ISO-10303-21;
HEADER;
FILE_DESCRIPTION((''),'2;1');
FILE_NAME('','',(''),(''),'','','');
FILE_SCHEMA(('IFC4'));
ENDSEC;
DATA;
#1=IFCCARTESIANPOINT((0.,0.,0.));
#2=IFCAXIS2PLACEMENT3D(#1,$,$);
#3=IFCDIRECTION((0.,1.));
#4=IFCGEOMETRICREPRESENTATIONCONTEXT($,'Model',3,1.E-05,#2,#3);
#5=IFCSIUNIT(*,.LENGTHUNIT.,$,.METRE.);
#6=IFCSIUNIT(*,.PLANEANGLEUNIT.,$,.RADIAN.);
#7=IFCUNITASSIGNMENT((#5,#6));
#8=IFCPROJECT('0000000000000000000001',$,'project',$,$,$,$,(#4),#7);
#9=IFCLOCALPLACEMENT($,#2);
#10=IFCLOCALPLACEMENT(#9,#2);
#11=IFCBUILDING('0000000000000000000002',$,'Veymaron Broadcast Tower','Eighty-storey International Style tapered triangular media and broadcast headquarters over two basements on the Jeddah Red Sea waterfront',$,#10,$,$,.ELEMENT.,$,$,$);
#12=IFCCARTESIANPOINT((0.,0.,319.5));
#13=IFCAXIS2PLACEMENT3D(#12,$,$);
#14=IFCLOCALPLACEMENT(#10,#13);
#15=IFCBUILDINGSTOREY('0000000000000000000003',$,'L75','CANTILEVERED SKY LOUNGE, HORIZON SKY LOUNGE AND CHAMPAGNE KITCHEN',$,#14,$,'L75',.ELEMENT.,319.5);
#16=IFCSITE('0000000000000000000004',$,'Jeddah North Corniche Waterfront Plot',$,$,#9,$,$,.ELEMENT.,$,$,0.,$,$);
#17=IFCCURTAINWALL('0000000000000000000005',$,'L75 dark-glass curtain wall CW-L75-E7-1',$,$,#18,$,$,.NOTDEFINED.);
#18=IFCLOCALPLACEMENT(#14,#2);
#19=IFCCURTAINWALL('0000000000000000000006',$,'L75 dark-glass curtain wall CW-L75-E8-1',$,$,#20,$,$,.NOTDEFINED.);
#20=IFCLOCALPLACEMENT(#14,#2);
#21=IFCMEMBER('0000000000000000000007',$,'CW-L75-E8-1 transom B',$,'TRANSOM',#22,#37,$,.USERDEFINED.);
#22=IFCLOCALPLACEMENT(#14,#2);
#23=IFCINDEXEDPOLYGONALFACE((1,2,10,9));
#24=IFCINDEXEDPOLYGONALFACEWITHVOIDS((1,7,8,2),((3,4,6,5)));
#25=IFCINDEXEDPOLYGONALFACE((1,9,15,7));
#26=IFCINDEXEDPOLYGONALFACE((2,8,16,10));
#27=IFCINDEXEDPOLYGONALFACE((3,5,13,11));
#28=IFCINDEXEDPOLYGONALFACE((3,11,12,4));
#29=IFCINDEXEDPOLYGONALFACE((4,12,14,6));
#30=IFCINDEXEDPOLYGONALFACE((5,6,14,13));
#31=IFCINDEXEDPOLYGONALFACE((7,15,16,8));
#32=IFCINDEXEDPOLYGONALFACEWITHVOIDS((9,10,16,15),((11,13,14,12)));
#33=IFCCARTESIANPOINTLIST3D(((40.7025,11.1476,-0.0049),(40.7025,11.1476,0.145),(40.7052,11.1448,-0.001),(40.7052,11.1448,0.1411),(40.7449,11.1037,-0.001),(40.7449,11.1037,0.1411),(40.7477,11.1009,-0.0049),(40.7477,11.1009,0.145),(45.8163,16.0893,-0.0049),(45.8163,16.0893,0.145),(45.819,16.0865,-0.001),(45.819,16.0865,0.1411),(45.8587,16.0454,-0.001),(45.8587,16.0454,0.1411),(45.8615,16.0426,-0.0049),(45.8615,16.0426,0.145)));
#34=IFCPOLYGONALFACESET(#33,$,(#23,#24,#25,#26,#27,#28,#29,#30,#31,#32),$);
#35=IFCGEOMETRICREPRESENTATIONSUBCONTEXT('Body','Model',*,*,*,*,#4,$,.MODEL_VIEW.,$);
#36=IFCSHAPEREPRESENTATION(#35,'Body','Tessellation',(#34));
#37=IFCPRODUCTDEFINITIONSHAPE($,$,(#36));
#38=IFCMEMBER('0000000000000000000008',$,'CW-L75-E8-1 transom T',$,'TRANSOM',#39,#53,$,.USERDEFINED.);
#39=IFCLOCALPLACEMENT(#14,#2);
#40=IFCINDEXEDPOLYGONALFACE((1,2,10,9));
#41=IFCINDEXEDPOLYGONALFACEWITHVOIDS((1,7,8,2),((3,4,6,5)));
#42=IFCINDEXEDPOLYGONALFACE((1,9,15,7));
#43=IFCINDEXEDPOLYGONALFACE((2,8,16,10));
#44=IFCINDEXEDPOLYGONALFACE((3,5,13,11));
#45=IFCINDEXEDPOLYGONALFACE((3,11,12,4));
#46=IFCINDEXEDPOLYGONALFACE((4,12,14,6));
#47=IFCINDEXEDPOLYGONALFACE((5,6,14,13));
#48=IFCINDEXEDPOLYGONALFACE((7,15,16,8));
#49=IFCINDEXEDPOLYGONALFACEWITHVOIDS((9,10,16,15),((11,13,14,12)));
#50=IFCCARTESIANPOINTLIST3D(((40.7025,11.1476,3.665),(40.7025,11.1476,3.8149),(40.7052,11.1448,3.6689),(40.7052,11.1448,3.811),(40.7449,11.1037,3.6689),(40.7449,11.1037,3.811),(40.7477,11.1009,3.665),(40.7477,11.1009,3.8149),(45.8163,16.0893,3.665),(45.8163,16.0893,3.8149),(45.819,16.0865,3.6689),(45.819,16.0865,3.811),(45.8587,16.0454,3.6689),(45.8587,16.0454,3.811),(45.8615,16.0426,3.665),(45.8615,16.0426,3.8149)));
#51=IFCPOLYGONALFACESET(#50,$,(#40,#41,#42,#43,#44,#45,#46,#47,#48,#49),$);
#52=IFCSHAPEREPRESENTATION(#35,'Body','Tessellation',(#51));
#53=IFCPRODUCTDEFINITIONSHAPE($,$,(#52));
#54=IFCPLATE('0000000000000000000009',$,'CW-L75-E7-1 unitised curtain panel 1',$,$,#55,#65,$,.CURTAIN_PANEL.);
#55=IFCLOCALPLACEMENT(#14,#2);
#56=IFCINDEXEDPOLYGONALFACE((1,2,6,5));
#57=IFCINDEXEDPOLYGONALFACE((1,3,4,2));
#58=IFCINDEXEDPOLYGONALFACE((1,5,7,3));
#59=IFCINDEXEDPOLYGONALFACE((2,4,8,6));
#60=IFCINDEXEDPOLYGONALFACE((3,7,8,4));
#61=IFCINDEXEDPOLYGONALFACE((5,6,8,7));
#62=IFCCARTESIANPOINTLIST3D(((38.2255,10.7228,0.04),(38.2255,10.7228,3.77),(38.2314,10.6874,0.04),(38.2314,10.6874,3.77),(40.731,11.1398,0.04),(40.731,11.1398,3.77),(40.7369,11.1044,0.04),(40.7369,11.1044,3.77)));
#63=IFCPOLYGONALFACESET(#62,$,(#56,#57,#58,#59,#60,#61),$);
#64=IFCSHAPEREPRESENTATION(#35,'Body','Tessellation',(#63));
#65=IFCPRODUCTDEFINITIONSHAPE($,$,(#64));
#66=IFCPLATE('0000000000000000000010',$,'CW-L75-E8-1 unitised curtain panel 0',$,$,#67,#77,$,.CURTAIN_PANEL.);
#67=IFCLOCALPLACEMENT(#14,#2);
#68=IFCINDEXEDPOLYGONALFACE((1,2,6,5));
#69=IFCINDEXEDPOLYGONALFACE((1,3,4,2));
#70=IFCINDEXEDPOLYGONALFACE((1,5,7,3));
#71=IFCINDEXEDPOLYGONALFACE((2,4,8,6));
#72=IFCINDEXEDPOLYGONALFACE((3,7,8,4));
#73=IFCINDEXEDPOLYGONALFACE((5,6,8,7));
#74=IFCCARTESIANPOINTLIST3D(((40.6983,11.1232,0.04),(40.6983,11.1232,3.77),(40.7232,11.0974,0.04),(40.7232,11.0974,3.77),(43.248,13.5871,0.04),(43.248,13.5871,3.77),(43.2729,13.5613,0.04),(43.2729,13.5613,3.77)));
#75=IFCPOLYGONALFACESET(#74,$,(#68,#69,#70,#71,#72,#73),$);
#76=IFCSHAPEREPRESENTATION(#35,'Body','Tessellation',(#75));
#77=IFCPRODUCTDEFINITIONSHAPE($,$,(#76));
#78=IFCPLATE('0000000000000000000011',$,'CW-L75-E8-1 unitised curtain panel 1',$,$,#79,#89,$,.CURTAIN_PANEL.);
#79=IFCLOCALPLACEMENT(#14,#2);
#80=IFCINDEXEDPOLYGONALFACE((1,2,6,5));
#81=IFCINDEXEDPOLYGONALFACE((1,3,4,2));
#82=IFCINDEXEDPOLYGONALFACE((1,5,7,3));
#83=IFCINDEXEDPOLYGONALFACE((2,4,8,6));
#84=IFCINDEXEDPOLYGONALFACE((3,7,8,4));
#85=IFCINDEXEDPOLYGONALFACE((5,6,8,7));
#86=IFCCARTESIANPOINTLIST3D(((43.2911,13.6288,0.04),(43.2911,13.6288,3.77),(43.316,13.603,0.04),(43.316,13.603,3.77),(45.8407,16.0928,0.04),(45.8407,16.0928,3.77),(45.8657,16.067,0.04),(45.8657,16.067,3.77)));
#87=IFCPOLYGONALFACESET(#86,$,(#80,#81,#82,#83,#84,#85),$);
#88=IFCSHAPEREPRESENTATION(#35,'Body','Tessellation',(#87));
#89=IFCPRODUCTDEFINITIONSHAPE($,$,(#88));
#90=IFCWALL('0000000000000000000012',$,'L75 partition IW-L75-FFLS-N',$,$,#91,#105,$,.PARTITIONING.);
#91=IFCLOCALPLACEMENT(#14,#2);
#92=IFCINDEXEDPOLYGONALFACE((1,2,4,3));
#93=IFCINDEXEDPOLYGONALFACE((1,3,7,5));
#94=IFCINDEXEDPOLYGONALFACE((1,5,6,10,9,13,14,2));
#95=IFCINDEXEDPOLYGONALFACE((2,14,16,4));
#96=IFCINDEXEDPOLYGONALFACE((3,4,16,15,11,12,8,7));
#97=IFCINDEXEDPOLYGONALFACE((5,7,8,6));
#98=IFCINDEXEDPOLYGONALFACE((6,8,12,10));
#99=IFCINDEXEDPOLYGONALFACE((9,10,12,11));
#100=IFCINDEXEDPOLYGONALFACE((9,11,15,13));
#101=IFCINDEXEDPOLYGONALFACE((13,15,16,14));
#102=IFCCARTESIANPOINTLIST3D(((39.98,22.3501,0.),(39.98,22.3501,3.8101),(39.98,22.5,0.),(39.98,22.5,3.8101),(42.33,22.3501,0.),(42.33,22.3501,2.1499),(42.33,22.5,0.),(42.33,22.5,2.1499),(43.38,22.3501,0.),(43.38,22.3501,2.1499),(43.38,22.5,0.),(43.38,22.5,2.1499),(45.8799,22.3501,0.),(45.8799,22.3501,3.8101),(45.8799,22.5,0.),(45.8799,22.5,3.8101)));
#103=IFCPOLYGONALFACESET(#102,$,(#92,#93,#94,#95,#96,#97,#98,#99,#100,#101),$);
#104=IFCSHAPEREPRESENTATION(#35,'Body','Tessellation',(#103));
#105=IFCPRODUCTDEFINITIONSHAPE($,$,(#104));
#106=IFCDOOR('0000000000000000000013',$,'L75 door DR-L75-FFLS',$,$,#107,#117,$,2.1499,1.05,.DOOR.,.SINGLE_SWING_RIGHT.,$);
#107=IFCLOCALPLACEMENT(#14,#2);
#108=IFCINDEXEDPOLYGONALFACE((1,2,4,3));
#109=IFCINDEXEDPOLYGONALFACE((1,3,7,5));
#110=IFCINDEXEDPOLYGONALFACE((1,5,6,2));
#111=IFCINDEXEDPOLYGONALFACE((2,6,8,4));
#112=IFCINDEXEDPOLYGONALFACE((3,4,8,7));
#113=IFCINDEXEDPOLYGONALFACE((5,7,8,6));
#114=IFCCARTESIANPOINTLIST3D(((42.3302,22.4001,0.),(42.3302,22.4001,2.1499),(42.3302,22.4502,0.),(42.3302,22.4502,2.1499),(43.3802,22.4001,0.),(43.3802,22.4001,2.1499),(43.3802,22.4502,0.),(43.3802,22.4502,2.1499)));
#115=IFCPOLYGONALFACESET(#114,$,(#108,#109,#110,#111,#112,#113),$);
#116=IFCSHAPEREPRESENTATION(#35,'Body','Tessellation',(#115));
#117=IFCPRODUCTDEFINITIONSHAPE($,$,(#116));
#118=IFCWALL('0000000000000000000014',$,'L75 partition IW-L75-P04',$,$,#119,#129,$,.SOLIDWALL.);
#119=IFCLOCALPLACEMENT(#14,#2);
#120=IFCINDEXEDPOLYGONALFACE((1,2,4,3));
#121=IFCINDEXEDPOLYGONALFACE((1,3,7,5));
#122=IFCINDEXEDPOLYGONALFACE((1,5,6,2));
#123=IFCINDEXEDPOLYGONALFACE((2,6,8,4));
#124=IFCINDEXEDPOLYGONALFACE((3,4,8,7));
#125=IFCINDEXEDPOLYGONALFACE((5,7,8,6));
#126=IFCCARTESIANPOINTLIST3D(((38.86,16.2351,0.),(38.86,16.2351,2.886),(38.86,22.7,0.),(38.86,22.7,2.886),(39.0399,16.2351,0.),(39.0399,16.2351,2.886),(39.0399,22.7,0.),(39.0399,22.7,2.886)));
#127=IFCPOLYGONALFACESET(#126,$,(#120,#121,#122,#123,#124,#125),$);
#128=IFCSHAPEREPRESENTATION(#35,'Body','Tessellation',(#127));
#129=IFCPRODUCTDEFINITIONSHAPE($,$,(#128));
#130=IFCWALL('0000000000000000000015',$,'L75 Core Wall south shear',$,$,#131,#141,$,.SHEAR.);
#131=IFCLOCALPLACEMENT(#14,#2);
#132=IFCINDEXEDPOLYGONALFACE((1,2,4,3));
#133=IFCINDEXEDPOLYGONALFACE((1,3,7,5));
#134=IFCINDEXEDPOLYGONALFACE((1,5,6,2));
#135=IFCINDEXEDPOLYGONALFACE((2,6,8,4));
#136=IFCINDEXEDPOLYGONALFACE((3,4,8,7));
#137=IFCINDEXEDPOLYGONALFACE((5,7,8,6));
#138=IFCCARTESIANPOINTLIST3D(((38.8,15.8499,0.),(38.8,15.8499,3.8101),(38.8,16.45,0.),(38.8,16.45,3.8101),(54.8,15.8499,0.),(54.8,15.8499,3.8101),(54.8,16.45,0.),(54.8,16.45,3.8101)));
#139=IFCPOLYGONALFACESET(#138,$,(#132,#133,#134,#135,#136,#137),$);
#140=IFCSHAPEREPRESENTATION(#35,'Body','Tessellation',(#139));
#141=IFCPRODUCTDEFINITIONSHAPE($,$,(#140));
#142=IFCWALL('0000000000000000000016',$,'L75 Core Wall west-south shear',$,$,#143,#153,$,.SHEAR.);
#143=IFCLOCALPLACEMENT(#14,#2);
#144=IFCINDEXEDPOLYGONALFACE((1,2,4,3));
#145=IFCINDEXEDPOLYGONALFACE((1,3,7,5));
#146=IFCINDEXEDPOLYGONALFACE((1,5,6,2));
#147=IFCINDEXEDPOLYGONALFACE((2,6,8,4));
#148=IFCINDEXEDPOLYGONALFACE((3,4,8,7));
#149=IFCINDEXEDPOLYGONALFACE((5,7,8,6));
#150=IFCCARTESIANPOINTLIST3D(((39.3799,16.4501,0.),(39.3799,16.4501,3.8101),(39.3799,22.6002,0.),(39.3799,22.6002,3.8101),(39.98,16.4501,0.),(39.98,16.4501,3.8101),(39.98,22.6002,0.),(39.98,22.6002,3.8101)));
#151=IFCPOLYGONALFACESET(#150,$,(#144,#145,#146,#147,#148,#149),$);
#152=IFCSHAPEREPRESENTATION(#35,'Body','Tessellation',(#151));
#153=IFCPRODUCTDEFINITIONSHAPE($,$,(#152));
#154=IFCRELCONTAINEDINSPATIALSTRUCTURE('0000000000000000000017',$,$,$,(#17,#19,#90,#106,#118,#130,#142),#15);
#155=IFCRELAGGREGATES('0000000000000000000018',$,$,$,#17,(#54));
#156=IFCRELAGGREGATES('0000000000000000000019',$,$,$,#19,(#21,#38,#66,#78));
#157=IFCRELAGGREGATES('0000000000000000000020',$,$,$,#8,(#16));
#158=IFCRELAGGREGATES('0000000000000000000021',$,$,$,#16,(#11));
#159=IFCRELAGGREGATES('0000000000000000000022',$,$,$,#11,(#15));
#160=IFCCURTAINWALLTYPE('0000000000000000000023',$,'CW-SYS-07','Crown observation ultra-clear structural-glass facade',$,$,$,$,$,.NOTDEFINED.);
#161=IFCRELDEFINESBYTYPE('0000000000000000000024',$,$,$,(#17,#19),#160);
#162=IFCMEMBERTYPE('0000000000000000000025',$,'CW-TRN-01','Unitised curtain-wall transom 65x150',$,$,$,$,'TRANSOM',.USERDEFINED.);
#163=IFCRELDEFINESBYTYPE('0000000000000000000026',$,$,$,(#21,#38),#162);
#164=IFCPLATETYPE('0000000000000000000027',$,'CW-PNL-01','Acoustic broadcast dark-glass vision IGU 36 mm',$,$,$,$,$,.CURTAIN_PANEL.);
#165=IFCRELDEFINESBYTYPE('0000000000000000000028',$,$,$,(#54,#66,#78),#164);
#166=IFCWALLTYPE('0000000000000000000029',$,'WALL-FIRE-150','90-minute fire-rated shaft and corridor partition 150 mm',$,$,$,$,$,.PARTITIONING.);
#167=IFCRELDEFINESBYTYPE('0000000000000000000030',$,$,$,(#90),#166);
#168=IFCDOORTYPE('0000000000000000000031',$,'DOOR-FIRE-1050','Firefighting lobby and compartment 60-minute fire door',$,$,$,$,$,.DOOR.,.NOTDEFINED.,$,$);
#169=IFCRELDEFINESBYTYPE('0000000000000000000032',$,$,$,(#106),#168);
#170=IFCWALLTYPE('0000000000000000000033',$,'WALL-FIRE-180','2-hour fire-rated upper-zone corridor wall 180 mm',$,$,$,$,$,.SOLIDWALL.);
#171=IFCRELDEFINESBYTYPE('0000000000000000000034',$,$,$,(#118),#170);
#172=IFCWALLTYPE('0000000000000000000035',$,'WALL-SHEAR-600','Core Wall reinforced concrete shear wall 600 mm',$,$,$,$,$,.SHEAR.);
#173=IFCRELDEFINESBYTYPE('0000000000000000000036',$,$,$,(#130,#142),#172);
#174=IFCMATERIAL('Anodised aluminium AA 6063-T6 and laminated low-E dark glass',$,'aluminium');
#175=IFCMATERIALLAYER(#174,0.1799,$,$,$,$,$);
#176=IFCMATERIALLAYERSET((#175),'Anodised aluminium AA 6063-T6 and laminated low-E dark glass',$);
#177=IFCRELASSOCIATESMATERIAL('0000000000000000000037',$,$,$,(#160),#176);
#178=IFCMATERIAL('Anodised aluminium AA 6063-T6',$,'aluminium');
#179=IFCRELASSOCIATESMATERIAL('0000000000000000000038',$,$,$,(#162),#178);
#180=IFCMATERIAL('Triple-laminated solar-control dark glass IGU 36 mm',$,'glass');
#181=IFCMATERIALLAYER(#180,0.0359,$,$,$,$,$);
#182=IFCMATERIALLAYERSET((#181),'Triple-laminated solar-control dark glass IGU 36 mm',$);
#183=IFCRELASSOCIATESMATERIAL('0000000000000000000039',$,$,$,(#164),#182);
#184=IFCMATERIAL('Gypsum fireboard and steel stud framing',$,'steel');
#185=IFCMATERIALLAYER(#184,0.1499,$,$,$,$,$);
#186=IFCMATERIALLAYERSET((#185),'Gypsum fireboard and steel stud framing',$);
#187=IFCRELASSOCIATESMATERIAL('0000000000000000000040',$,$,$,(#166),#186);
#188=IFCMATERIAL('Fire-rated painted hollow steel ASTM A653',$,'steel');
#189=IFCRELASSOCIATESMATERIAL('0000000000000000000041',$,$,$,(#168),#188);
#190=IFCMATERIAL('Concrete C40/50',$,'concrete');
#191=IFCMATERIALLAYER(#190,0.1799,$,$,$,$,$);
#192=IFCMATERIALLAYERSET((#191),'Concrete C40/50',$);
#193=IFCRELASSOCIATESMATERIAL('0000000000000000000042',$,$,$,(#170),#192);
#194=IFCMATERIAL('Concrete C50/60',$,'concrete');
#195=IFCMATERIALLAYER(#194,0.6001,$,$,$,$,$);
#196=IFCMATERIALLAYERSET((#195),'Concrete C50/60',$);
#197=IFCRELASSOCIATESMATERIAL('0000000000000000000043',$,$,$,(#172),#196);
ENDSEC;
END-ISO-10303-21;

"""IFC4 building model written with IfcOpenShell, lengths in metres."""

from ifc_helpers import new_model, si_unit, direction, frame, frame_2d, origin, origin_2d, place, context, subcontext, project, spatial, rectangle, hollow_rectangle, extrude, material, layer, layer_set, material_profile, profile_set, type_object, element, fill, aggregate, save


model = new_model("IFC4")

# Units and contexts
model_context = context("Model", 3, precision=1e-05, world=origin(), true_north=direction((0.0, 1.0)))
body_context = subcontext(model_context, "Body", "Model", "MODEL_VIEW")
ifc_project = project(units=[si_unit("LENGTHUNIT", "METRE"), si_unit("PLANEANGLEUNIT", "RADIAN")], contexts=[model_context])

# Site, building, storey
site_placement = place(None, origin())
site = spatial("IfcSite", under=ifc_project, at=site_placement, Name="Jeddah North Corniche Waterfront Plot", CompositionType="ELEMENT", RefElevation=0.0)
building_placement = place(site_placement, origin())
building = spatial("IfcBuilding", under=site, at=building_placement, Name="Veymaron Broadcast Tower", Description="Eighty-storey International Style tapered triangular media and broadcast headquarters over two basements on the Jeddah Red Sea waterfront", CompositionType="ELEMENT")
storey_placement = place(building_placement, frame((0.0, 0.0, 319.5)))
storey = spatial("IfcBuildingStorey", under=building, at=storey_placement, Name="L75", Description="CANTILEVERED SKY LOUNGE, HORIZON SKY LOUNGE AND CHAMPAGNE KITCHEN", LongName="L75", CompositionType="ELEMENT", Elevation=319.5)

# Curtain walls, members
ifc_material_1 = material(Name="Anodised aluminium AA 6063-T6 and laminated low-E dark glass", Category="aluminium")
ifc_layer_1 = layer(ifc_material_1, 0.1799)
ifc_layer_set_1 = layer_set([ifc_layer_1], Name="Anodised aluminium AA 6063-T6 and laminated low-E dark glass")
curtain_wall_type = type_object("IfcCurtainWallType", Name="CW-SYS-07", Description="Crown observation ultra-clear structural-glass facade", PredefinedType="NOTDEFINED", material=ifc_layer_set_1)
curtain_wall_1_placement = place(storey_placement, origin())
curtain_wall_1 = element("IfcCurtainWall", 1, at=curtain_wall_1_placement, inside=storey, type_object=curtain_wall_type, Name="L75 dark-glass curtain wall CW-L75-E7-1", PredefinedType="NOTDEFINED")
ifc_material_2 = material(Name="Anodised aluminium AA 6063-T6", Category="aluminium")
curtain_wall_2_placement = place(storey_placement, origin())
curtain_wall_2 = element("IfcCurtainWall", 2, at=curtain_wall_2_placement, inside=storey, type_object=curtain_wall_type, Name="L75 dark-glass curtain wall CW-L75-E8-1", PredefinedType="NOTDEFINED")
ifc_material_profile_1 = material_profile(ifc_material_2, hollow_rectangle(XDim=0.0649, YDim=0.1499, WallThickness=0.0039, at=origin_2d()), Name="AL150X65X4")
ifc_profile_set_1 = profile_set([ifc_material_profile_1], Name="Anodised aluminium AA 6063-T6")
member_type_1 = type_object("IfcMemberType", Name="CW-TRN-01", Description="Unitised curtain-wall transom 65x150", ElementType="TRANSOM", PredefinedType="USERDEFINED", material=ifc_profile_set_1)
member_1_placement = place(storey_placement, frame((40.7251, 11.1243, 0.0701), z_axis=(0.719105, 0.694901, 0.0), x_axis=(-0.694901, 0.719105, 0.0)))
member_1 = element("IfcMember", 3, at=member_1_placement, type_object=member_type_1, Name="CW-L75-E8-1 transom B", ObjectType="TRANSOM", PredefinedType="USERDEFINED", context=body_context, shape_type="SweptSolid", body=[
    extrude(hollow_rectangle(XDim=0.0649, YDim=0.1499, WallThickness=0.0039, at=origin_2d()), origin(), (0.0, 0.0, 1.0), 7.1113),
])
member_2_placement = place(storey_placement, frame((40.7251, 11.1243, 3.74), z_axis=(0.719105, 0.694901, 0.0), x_axis=(-0.694901, 0.719105, 0.0)))
member_2 = element("IfcMember", 4, at=member_2_placement, type_object=member_type_1, Name="CW-L75-E8-1 transom T", ObjectType="TRANSOM", PredefinedType="USERDEFINED", context=body_context, shape_type="SweptSolid", body=[
    extrude(hollow_rectangle(XDim=0.0649, YDim=0.1499, WallThickness=0.0039, at=origin_2d()), origin(), (0.0, 0.0, 1.0), 7.1113),
])

# Plates
ifc_material_3 = material(Name="Triple-laminated solar-control dark glass IGU 36 mm", Category="glass")
ifc_layer_2 = layer(ifc_material_3, 0.0359)
ifc_layer_set_2 = layer_set([ifc_layer_2], Name="Triple-laminated solar-control dark glass IGU 36 mm")
plate_type = type_object("IfcPlateType", Name="CW-PNL-01", Description="Acoustic broadcast dark-glass vision IGU 36 mm", PredefinedType="CURTAIN_PANEL", material=ifc_layer_set_2)
plate_1_placement = place(storey_placement, frame((39.4812, 10.9136, 0.04), z_axis=(0.0, 0.0, 1.0), x_axis=(0.986435, 0.164152, 0.0)))
plate_1 = element("IfcPlate", 5, at=plate_1_placement, type_object=plate_type, Name="CW-L75-E7-1 unitised curtain panel 1", PredefinedType="CURTAIN_PANEL", context=body_context, shape_type="SweptSolid", body=[
    extrude(rectangle(XDim=2.54, YDim=0.0359, at=origin_2d()), origin(), (0.0, 0.0, 1.0), 3.73),
])
aggregate(curtain_wall_1, [plate_1])
plate_2_placement = place(storey_placement, frame((41.9856, 12.3423, 0.04), z_axis=(0.0, 0.0, 1.0), x_axis=(0.719097, 0.694909, 0.0)))
plate_2 = element("IfcPlate", 6, at=plate_2_placement, type_object=plate_type, Name="CW-L75-E8-1 unitised curtain panel 0", PredefinedType="CURTAIN_PANEL", context=body_context, shape_type="SweptSolid", body=[
    extrude(rectangle(XDim=3.5457, YDim=0.0359, at=origin_2d()), origin(), (0.0, 0.0, 1.0), 3.73),
])
plate_3_placement = place(storey_placement, frame((44.5784, 14.8479, 0.04), z_axis=(0.0, 0.0, 1.0), x_axis=(0.719097, 0.694909, 0.0)))
plate_3 = element("IfcPlate", 7, at=plate_3_placement, type_object=plate_type, Name="CW-L75-E8-1 unitised curtain panel 1", PredefinedType="CURTAIN_PANEL", context=body_context, shape_type="SweptSolid", body=[
    extrude(rectangle(XDim=3.5457, YDim=0.0359, at=origin_2d()), origin(), (0.0, 0.0, 1.0), 3.73),
])
aggregate(curtain_wall_2, [member_1, member_2, plate_2, plate_3])

# Wall, opening, door
ifc_material_4 = material(Name="Gypsum fireboard and steel stud framing", Category="steel")
ifc_layer_3 = layer(ifc_material_4, 0.1499)
ifc_layer_set_3 = layer_set([ifc_layer_3], Name="Gypsum fireboard and steel stud framing")
wall_type_1 = type_object("IfcWallType", Name="WALL-FIRE-150", Description="90-minute fire-rated shaft and corridor partition 150 mm", PredefinedType="PARTITIONING", material=ifc_layer_set_3)
wall_1_placement = place(storey_placement, frame((39.98, 22.425, 0.0), z_axis=(0.0, 0.0, 1.0), x_axis=(1.0, 0.0, 0.0)))
wall_1 = element("IfcWall", 8, at=wall_1_placement, inside=storey, type_object=wall_type_1, Name="L75 partition IW-L75-FFLS-N", PredefinedType="PARTITIONING", context=body_context, shape_type="SweptSolid", body=[
    extrude(rectangle(XDim=5.8999, YDim=0.1499, at=frame_2d((2.95, 0.0))), origin(), (0.0, 0.0, 1.0), 3.8101),
])
opening_1_placement = place(wall_1_placement, frame((2.3501, 0.0, 0.0)))
opening_1 = element("IfcOpeningElement", 9, at=opening_1_placement, cuts=wall_1, PredefinedType="OPENING", context=body_context, shape_type="SweptSolid", body=[
    extrude(rectangle(XDim=1.05, YDim=2.1499, at=frame_2d((0.5249, 1.075))), frame((0.0, 0.085, 0.0), z_axis=(0.0, -1.0, 0.0), x_axis=(1.0, 0.0, 0.0)), (0.0, 0.0, 1.0), 0.1699),
])
ifc_material_5 = material(Name="Fire-rated painted hollow steel ASTM A653", Category="steel")
door_type_1 = type_object("IfcDoorType", Name="DOOR-FIRE-1050", Description="Firefighting lobby and compartment 60-minute fire door", OperationType="NOTDEFINED", PredefinedType="DOOR", material=ifc_material_5)
door_1_placement = place(opening_1_placement, frame((1.05, 0.0, 0.0), z_axis=(0.0, 0.0, 1.0), x_axis=(-1.0, 0.0, 0.0)))
door_1 = element("IfcDoor", 10, at=door_1_placement, inside=storey, type_object=door_type_1, Name="L75 door DR-L75-FFLS", OperationType="SINGLE_SWING_RIGHT", OverallHeight=2.1499, OverallWidth=1.05, PredefinedType="DOOR", context=body_context, shape_type="SweptSolid", body=[
    extrude(rectangle(XDim=1.05, YDim=2.1499, at=frame_2d((0.5249, 1.075))), frame((0.0, 0.0249, 0.0), z_axis=(0.0, -1.0, 0.0), x_axis=(1.0, 0.0, 0.0)), (0.0, 0.0, 1.0), 0.05),
])
fill(opening_1, door_1)

# Wall
ifc_material_6 = material(Name="Concrete C40/50", Category="concrete")
ifc_layer_4 = layer(ifc_material_6, 0.1799)
ifc_layer_set_4 = layer_set([ifc_layer_4], Name="Concrete C40/50")
wall_type_2 = type_object("IfcWallType", Name="WALL-FIRE-180", Description="2-hour fire-rated upper-zone corridor wall 180 mm", PredefinedType="SOLIDWALL", material=ifc_layer_set_4)
wall_2_placement = place(storey_placement, frame((38.95, 16.2351, 0.0), z_axis=(0.0, 0.0, 1.0), x_axis=(0.0, 1.0, 0.0)))
element("IfcWall", 11, at=wall_2_placement, inside=storey, type_object=wall_type_2, Name="L75 partition IW-L75-P04", PredefinedType="SOLIDWALL", context=body_context, shape_type="SweptSolid", body=[
    extrude(rectangle(XDim=6.4648, YDim=0.1799, at=frame_2d((3.2324, 0.0))), origin(), (0.0, 0.0, 1.0), 2.886),
])

# Shared definitions
ifc_material_7 = material(Name="Concrete C50/60", Category="concrete")

# Walls
ifc_layer_5 = layer(ifc_material_7, 0.6001)
ifc_layer_set_5 = layer_set([ifc_layer_5], Name="Concrete C50/60")
wall_type_3 = type_object("IfcWallType", Name="WALL-SHEAR-600", Description="Core Wall reinforced concrete shear wall 600 mm", PredefinedType="SHEAR", material=ifc_layer_set_5)
wall_3_placement = place(storey_placement, frame((38.8, 16.1499, 0.0), z_axis=(0.0, 0.0, 1.0), x_axis=(1.0, 0.0, 0.0)))
element("IfcWall", 12, at=wall_3_placement, inside=storey, type_object=wall_type_3, Name="L75 Core Wall south shear", PredefinedType="SHEAR", context=body_context, shape_type="SweptSolid", body=[
    extrude(rectangle(XDim=16.0, YDim=0.6001, at=frame_2d((8.0, 0.0))), origin(), (0.0, 0.0, 1.0), 3.8101),
])
wall_4_placement = place(storey_placement, frame((39.6799, 16.45, 0.0), z_axis=(0.0, 0.0, 1.0), x_axis=(0.0, 1.0, 0.0)))
element("IfcWall", 13, at=wall_4_placement, inside=storey, type_object=wall_type_3, Name="L75 Core Wall west-south shear", PredefinedType="SHEAR", context=body_context, shape_type="SweptSolid", body=[
    extrude(rectangle(XDim=6.1501, YDim=0.6001, at=frame_2d((3.0752, 0.0))), origin(), (0.0, 0.0, 1.0), 3.8101),
])

save(model, "model.ifc")
